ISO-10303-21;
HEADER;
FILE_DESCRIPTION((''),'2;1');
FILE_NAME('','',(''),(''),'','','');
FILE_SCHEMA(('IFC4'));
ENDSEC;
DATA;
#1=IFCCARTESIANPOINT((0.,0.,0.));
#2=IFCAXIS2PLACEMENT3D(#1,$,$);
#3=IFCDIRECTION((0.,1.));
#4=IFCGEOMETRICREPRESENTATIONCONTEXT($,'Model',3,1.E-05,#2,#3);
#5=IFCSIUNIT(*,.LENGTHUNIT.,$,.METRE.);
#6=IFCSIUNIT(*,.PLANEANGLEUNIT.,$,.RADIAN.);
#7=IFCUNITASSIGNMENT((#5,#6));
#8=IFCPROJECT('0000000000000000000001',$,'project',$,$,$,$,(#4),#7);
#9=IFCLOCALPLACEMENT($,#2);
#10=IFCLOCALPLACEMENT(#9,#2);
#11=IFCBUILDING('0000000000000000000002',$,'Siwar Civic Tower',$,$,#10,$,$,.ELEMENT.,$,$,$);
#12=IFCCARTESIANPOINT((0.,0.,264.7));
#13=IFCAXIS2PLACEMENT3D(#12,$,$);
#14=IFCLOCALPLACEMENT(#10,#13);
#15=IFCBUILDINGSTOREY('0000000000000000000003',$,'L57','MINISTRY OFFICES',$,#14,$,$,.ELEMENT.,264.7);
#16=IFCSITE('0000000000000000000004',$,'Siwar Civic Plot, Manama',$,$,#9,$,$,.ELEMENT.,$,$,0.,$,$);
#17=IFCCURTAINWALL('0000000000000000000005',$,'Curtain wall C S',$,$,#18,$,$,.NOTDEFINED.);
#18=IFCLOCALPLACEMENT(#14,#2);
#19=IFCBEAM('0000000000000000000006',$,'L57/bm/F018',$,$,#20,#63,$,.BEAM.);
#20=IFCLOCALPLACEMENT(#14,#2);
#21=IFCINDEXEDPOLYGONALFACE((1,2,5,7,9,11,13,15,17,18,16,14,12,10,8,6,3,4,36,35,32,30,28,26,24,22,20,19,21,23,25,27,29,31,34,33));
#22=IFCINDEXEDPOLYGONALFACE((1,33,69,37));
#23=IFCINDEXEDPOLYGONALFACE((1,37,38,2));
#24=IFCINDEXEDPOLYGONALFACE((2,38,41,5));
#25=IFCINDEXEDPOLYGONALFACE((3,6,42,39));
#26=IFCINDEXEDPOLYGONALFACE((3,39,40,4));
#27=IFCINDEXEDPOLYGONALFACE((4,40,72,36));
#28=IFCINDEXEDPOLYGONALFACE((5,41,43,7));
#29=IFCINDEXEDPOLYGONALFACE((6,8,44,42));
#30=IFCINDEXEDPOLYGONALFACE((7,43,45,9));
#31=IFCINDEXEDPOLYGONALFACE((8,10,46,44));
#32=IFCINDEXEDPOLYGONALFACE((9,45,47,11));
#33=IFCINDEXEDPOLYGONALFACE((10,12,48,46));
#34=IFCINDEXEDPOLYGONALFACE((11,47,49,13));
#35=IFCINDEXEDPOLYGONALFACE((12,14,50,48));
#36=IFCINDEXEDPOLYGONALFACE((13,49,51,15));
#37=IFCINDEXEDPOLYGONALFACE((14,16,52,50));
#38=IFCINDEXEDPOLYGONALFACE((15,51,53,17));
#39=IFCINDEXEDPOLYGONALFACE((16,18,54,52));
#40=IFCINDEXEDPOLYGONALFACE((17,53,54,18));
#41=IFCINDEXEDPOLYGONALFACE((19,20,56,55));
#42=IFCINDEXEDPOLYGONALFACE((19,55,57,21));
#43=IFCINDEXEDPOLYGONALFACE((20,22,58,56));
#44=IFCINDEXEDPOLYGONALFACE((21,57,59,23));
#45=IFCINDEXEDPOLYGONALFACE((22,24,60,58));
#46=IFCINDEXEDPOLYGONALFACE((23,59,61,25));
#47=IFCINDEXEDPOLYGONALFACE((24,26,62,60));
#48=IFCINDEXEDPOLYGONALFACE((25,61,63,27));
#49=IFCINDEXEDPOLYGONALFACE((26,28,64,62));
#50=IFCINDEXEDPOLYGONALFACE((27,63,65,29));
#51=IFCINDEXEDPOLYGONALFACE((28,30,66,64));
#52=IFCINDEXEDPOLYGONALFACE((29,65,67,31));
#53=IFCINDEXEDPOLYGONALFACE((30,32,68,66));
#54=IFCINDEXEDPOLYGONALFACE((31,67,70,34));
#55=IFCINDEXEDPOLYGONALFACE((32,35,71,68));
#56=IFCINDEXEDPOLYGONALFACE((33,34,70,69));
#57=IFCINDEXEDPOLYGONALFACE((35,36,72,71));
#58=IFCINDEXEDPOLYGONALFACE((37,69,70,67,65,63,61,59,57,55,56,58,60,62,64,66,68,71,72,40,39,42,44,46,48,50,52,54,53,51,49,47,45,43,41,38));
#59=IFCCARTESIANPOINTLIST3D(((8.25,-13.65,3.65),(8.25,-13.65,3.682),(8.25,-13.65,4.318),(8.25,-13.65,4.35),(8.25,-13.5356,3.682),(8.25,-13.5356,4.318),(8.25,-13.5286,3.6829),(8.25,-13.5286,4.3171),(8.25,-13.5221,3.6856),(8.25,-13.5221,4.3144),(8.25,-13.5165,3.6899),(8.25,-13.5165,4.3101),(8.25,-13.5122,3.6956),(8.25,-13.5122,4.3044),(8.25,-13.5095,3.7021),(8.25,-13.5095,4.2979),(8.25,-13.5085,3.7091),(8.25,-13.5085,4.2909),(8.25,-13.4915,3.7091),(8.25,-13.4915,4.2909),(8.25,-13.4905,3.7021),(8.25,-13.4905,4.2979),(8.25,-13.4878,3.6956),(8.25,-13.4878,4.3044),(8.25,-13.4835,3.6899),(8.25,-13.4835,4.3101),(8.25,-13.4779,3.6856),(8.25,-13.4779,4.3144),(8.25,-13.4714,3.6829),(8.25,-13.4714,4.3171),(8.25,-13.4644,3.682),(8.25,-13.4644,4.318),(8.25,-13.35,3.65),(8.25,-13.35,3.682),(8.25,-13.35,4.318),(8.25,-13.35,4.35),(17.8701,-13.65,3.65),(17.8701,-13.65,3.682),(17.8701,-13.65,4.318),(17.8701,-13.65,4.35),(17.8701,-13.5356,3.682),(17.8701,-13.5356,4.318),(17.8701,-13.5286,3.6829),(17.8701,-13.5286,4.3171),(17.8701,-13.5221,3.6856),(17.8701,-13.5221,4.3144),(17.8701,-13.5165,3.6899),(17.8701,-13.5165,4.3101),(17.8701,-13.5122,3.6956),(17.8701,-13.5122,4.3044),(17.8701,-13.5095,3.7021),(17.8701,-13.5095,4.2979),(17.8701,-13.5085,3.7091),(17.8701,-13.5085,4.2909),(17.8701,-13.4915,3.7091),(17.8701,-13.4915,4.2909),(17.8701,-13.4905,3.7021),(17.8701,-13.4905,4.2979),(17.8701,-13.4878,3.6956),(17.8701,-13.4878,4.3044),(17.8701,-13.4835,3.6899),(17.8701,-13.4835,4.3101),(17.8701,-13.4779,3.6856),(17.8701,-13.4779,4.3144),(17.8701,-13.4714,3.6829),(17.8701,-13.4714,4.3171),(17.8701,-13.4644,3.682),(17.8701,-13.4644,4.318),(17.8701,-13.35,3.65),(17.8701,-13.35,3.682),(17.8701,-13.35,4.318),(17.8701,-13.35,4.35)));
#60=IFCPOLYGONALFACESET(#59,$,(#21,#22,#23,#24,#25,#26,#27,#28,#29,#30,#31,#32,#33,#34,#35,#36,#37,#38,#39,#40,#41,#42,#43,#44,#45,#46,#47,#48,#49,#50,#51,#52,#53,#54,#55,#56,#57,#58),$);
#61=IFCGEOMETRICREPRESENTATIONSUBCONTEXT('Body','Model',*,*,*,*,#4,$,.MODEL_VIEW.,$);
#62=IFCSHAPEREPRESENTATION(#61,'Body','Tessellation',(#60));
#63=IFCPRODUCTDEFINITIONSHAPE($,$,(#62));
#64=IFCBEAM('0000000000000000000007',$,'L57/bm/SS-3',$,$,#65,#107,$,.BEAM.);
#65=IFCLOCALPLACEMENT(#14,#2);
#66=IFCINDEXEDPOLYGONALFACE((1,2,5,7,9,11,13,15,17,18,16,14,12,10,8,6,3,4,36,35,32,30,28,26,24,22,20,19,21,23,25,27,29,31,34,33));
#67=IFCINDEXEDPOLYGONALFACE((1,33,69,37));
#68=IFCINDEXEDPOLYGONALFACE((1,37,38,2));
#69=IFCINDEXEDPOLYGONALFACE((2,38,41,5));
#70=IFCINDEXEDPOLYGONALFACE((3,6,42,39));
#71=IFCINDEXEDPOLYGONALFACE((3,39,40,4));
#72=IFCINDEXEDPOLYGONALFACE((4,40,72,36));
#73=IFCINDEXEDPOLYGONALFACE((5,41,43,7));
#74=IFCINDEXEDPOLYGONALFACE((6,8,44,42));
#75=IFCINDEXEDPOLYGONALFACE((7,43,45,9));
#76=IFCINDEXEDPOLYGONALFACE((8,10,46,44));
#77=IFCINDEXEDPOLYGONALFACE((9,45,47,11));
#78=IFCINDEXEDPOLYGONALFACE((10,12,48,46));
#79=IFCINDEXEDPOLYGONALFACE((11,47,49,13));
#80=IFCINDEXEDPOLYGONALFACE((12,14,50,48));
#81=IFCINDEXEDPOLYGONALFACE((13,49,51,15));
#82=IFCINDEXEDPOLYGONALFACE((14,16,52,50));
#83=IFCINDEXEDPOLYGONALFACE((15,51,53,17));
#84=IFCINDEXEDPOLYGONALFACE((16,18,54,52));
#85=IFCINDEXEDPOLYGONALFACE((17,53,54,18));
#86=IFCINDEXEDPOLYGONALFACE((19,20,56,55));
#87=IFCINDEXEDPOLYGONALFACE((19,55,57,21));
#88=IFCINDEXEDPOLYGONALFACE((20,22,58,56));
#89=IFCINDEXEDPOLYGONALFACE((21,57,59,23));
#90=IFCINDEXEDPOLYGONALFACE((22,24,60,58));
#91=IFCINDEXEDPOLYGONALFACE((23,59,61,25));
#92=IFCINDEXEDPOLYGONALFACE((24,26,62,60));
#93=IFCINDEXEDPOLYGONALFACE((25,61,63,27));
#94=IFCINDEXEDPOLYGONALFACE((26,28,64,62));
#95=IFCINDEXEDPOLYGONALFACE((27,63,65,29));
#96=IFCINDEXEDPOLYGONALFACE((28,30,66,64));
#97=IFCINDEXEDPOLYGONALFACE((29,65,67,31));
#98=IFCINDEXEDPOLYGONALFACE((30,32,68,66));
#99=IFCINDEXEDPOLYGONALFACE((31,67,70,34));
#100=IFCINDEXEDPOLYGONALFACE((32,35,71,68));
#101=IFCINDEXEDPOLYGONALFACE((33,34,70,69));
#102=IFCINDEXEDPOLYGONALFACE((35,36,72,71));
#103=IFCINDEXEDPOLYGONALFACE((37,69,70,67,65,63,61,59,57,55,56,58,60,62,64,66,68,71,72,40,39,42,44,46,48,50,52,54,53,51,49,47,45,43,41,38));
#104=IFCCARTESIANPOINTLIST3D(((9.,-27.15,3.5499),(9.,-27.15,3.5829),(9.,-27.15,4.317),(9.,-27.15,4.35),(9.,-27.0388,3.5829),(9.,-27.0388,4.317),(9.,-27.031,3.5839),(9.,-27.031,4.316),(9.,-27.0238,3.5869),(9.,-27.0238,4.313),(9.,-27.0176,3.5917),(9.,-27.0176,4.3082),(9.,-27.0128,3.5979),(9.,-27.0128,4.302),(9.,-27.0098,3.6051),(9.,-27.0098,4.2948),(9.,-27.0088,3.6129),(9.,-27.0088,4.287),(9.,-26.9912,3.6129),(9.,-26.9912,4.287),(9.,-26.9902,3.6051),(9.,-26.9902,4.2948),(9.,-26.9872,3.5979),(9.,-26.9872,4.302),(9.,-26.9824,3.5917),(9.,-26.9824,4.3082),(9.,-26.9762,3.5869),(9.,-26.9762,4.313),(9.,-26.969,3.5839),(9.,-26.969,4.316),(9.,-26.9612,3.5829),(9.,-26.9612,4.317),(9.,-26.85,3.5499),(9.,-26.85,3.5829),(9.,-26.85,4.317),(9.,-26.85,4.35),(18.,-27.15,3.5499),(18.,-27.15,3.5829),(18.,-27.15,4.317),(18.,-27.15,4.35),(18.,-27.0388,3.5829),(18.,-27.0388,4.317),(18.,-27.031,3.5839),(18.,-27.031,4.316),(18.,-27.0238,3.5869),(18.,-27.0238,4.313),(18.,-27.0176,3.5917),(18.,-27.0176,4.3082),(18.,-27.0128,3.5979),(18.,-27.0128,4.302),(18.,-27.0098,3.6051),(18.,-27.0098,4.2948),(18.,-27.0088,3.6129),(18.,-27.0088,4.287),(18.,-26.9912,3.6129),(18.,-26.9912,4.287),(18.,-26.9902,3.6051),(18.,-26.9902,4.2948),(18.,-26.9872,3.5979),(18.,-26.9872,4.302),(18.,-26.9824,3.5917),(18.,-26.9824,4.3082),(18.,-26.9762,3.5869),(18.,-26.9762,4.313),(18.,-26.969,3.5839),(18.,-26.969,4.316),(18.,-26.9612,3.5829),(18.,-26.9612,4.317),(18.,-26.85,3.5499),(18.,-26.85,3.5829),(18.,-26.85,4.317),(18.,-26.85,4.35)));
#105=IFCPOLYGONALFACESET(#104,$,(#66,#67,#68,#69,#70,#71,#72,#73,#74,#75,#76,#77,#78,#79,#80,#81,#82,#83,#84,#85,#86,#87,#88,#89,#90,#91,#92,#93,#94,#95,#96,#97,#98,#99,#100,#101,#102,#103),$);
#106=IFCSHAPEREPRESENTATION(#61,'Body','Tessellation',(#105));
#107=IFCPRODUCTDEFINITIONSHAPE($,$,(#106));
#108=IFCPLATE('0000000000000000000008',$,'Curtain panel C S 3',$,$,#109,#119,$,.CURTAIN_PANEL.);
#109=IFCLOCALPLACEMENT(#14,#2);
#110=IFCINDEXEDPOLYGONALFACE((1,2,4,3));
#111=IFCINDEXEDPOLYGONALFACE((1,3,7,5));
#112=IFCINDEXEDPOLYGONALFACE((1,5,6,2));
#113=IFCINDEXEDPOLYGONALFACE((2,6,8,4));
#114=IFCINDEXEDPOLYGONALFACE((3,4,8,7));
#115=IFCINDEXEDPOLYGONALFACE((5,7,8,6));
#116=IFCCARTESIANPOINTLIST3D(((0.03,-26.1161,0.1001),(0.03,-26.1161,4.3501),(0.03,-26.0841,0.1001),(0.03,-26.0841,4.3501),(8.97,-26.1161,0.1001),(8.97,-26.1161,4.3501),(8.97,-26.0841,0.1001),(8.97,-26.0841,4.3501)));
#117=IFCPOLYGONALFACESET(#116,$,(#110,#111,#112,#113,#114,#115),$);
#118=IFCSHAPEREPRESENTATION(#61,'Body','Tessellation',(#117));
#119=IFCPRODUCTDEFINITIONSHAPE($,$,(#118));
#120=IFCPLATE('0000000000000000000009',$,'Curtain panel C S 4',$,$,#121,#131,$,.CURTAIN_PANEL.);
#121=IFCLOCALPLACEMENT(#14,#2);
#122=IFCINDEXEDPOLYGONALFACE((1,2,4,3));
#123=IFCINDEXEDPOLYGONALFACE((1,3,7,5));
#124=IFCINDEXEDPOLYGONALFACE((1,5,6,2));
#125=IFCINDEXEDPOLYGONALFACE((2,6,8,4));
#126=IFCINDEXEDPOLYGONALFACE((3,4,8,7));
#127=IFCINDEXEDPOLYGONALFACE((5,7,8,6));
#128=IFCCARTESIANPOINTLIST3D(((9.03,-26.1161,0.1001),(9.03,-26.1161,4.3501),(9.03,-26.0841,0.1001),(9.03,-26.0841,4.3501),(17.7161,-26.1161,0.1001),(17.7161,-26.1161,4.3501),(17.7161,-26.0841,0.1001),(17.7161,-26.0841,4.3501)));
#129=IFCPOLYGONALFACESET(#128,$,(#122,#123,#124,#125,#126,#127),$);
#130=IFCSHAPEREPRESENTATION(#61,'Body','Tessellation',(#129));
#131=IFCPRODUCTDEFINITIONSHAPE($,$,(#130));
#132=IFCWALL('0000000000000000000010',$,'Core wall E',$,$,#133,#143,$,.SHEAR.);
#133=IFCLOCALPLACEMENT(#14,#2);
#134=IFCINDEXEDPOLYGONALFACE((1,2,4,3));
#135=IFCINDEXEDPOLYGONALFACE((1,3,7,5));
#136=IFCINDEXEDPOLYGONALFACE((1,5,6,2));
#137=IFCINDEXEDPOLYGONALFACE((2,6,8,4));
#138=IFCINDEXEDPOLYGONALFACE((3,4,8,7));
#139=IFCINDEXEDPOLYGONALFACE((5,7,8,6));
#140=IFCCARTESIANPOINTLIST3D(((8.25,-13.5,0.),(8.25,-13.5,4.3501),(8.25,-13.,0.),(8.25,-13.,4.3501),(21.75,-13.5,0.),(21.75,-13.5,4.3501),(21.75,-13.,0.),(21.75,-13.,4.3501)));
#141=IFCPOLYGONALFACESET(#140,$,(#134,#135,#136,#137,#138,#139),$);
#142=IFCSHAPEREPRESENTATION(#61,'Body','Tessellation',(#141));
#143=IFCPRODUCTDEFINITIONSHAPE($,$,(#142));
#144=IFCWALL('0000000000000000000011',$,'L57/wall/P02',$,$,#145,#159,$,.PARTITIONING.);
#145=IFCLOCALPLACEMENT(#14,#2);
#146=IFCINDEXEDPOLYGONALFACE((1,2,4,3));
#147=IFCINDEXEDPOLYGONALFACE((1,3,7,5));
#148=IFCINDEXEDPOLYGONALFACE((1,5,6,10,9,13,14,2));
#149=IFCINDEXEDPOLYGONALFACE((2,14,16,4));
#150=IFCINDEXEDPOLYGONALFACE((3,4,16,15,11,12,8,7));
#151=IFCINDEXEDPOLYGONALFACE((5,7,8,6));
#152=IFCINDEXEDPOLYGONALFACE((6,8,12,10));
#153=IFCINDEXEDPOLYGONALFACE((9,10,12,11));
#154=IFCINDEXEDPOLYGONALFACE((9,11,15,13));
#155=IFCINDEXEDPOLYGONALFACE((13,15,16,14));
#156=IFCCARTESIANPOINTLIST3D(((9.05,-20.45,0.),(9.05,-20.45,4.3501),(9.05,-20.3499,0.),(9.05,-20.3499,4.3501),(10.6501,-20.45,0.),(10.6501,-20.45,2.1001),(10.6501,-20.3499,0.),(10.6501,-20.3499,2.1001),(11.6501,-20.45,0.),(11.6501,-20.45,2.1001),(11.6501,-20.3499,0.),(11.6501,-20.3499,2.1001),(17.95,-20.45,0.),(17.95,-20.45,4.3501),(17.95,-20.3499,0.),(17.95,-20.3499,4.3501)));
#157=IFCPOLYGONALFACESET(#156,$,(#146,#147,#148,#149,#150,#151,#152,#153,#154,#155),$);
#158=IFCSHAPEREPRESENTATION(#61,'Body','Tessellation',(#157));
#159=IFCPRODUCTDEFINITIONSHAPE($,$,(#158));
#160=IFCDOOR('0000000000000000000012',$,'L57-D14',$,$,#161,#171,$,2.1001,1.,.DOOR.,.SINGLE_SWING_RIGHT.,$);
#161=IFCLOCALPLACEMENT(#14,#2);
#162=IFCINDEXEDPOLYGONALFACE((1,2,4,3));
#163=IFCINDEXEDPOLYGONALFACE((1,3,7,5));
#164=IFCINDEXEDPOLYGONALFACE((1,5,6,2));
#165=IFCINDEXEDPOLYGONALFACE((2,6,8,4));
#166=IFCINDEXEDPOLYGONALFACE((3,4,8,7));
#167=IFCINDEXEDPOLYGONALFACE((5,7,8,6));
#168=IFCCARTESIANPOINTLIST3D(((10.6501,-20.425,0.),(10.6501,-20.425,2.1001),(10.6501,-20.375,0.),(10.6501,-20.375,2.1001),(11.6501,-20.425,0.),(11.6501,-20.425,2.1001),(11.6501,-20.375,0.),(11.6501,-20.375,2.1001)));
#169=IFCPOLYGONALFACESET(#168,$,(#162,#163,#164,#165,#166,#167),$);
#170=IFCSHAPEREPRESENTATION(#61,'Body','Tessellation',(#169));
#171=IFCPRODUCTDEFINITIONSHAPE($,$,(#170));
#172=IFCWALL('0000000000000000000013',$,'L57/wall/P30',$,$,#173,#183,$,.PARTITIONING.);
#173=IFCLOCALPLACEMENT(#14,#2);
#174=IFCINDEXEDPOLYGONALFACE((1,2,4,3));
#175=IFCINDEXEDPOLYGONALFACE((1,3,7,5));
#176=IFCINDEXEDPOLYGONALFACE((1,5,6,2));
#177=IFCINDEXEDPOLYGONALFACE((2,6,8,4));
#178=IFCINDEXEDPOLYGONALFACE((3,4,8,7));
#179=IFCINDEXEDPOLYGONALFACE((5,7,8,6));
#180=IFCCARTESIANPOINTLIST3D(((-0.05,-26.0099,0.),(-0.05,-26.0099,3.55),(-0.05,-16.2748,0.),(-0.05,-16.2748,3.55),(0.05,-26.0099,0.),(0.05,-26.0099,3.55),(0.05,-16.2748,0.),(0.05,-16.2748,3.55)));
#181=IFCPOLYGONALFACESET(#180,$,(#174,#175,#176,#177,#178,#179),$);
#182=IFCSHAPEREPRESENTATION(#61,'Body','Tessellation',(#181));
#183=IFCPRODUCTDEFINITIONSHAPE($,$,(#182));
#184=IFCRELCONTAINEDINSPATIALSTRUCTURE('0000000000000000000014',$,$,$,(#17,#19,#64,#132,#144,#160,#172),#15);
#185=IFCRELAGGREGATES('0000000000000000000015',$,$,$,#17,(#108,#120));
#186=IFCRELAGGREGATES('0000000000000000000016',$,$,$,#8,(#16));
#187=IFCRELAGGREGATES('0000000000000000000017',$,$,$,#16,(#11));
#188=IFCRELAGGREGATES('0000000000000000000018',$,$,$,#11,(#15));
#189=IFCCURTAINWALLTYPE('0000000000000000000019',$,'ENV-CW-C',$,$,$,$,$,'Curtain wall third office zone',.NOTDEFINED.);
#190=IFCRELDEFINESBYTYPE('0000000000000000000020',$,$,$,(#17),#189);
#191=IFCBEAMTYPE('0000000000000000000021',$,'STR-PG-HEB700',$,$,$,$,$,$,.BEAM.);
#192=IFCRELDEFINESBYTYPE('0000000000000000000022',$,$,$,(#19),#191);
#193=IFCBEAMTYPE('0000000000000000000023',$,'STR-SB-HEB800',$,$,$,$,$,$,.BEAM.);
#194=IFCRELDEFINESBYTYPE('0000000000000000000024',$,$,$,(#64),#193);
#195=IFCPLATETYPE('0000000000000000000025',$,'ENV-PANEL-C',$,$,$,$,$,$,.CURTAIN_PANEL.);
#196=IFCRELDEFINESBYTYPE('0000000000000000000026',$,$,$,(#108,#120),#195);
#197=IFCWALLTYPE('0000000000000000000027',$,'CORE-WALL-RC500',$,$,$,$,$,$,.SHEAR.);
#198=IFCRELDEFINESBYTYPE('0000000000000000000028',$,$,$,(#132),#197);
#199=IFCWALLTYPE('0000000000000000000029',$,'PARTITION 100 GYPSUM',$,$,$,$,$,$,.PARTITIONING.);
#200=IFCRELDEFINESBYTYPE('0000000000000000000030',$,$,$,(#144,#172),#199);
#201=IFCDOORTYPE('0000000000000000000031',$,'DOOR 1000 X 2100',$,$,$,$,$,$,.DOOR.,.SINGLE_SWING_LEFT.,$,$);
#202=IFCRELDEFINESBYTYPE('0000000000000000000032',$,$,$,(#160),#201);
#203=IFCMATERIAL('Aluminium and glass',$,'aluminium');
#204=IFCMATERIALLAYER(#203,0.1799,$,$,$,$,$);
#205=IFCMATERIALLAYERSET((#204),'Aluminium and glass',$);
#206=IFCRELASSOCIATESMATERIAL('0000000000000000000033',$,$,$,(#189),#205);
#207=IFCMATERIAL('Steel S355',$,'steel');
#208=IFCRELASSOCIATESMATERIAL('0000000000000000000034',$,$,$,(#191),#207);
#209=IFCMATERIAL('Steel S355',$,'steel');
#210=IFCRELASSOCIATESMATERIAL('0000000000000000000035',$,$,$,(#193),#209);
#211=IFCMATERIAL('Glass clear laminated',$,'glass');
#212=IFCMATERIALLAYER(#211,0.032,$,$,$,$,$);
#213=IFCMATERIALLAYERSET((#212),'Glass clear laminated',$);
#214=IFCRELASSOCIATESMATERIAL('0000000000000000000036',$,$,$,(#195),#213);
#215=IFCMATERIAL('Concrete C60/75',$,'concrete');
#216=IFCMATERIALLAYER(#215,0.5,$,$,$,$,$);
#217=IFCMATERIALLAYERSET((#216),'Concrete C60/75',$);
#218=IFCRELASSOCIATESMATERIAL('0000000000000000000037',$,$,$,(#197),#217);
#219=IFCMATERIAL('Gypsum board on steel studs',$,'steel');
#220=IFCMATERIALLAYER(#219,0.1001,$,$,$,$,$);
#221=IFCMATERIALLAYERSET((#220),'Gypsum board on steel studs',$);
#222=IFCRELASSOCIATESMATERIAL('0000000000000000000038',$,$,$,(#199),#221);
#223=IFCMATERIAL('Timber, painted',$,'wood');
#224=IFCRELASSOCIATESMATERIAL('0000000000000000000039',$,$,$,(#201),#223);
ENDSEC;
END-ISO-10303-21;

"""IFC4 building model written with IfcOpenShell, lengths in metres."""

from ifc_helpers import new_model, si_unit, direction, frame, frame_2d, origin, origin_2d, place, context, subcontext, project, spatial, rectangle, i_section, extrude, material, layer, layer_set, material_profile, profile_set, type_object, element, fill, aggregate, save


model = new_model("IFC4")

# Units and contexts
model_context = context("Model", 3, precision=1e-05, world=origin(), true_north=direction((0.0, 1.0)))
body_context = subcontext(model_context, "Body", "Model", "MODEL_VIEW")
ifc_project = project(units=[si_unit("LENGTHUNIT", "METRE"), si_unit("PLANEANGLEUNIT", "RADIAN")], contexts=[model_context])

# Site, building, storey
site_placement = place(None, origin())
site = spatial("IfcSite", under=ifc_project, at=site_placement, Name="Siwar Civic Plot, Manama", CompositionType="ELEMENT", RefElevation=0.0)
building_placement = place(site_placement, origin())
building = spatial("IfcBuilding", under=site, at=building_placement, Name="Siwar Civic Tower", CompositionType="ELEMENT")
storey_placement = place(building_placement, frame((0.0, 0.0, 264.7)))
storey = spatial("IfcBuildingStorey", under=building, at=storey_placement, Name="L57", Description="MINISTRY OFFICES", CompositionType="ELEMENT", Elevation=264.7)

# Curtain wall
ifc_material_1 = material(Name="Aluminium and glass", Category="aluminium")
ifc_layer_1 = layer(ifc_material_1, 0.1799)
ifc_layer_set_1 = layer_set([ifc_layer_1], Name="Aluminium and glass")
curtain_wall_type = type_object("IfcCurtainWallType", Name="ENV-CW-C", ElementType="Curtain wall third office zone", PredefinedType="NOTDEFINED", material=ifc_layer_set_1)
curtain_wall_placement = place(storey_placement, origin())
curtain_wall = element("IfcCurtainWall", 1, at=curtain_wall_placement, inside=storey, type_object=curtain_wall_type, Name="Curtain wall C S", PredefinedType="NOTDEFINED")

# Beams
ifc_material_2 = material(Name="Steel S355", Category="steel")
ifc_material_profile_1 = material_profile(ifc_material_2, i_section(OverallWidth=0.3, OverallDepth=0.7, WebThickness=0.0171, FlangeThickness=0.032, FilletRadius=0.0271, at=origin_2d()), Name="HEB700")
ifc_profile_set_1 = profile_set([ifc_material_profile_1], Name="Steel S355")
beam_type_1 = type_object("IfcBeamType", Name="STR-PG-HEB700", PredefinedType="BEAM", material=ifc_profile_set_1)
beam_1_placement = place(storey_placement, frame((8.25, -13.5, 4.0), z_axis=(1.0, 0.0, 0.0), x_axis=(0.0, 1.0, 0.0)))
element("IfcBeam", 2, at=beam_1_placement, inside=storey, type_object=beam_type_1, Name="L57/bm/F018", PredefinedType="BEAM", context=body_context, shape_type="SweptSolid", body=[
    extrude(i_section(OverallWidth=0.3, OverallDepth=0.7, WebThickness=0.0171, FlangeThickness=0.032, FilletRadius=0.0271, at=origin_2d()), origin(), (0.0, 0.0, 1.0), 9.6201),
])
ifc_material_3 = material(Name="Steel S355", Category="steel")
ifc_material_profile_2 = material_profile(ifc_material_3, i_section(OverallWidth=0.3, OverallDepth=0.8, WebThickness=0.0176, FlangeThickness=0.033, FilletRadius=0.03, at=origin_2d()), Name="HEB800")
ifc_profile_set_2 = profile_set([ifc_material_profile_2], Name="Steel S355")
beam_type_2 = type_object("IfcBeamType", Name="STR-SB-HEB800", PredefinedType="BEAM", material=ifc_profile_set_2)
beam_2_placement = place(storey_placement, frame((9.0, -27.0, 3.95), z_axis=(1.0, 0.0, 0.0), x_axis=(0.0, 1.0, 0.0)))
element("IfcBeam", 3, at=beam_2_placement, inside=storey, type_object=beam_type_2, Name="L57/bm/SS-3", PredefinedType="BEAM", context=body_context, shape_type="SweptSolid", body=[
    extrude(i_section(OverallWidth=0.3, OverallDepth=0.8, WebThickness=0.0176, FlangeThickness=0.033, FilletRadius=0.03, at=origin_2d()), origin(), (0.0, 0.0, 1.0), 9.0),
])

# Plates
ifc_material_4 = material(Name="Glass clear laminated", Category="glass")
ifc_layer_2 = layer(ifc_material_4, 0.032)
ifc_layer_set_2 = layer_set([ifc_layer_2], Name="Glass clear laminated")
plate_type = type_object("IfcPlateType", Name="ENV-PANEL-C", PredefinedType="CURTAIN_PANEL", material=ifc_layer_set_2)
plate_1_placement = place(storey_placement, frame((4.5, -26.1001, 0.1001), z_axis=(0.0, 0.0, 1.0), x_axis=(1.0, 0.0, 0.0)))
plate_1 = element("IfcPlate", 4, at=plate_1_placement, type_object=plate_type, Name="Curtain panel C S 3", PredefinedType="CURTAIN_PANEL", context=body_context, shape_type="SweptSolid", body=[
    extrude(rectangle(XDim=8.9399, YDim=0.032, at=origin_2d()), origin(), (0.0, 0.0, 1.0), 4.25),
])
plate_2_placement = place(storey_placement, frame((13.373, -26.1001, 0.1001), z_axis=(0.0, 0.0, 1.0), x_axis=(1.0, 0.0, 0.0)))
plate_2 = element("IfcPlate", 5, at=plate_2_placement, type_object=plate_type, Name="Curtain panel C S 4", PredefinedType="CURTAIN_PANEL", context=body_context, shape_type="SweptSolid", body=[
    extrude(rectangle(XDim=8.686, YDim=0.032, at=origin_2d()), origin(), (0.0, 0.0, 1.0), 4.25),
])
aggregate(curtain_wall, [plate_1, plate_2])

# Wall
ifc_material_5 = material(Name="Concrete C60/75", Category="concrete")
ifc_layer_3 = layer(ifc_material_5, 0.5)
ifc_layer_set_3 = layer_set([ifc_layer_3], Name="Concrete C60/75")
wall_type_1 = type_object("IfcWallType", Name="CORE-WALL-RC500", PredefinedType="SHEAR", material=ifc_layer_set_3)
wall_1_placement = place(storey_placement, frame((8.25, -13.25, 0.0), z_axis=(0.0, 0.0, 1.0), x_axis=(1.0, 0.0, 0.0)))
element("IfcWall", 6, at=wall_1_placement, inside=storey, type_object=wall_type_1, Name="Core wall E", PredefinedType="SHEAR", context=body_context, shape_type="SweptSolid", body=[
    extrude(rectangle(XDim=13.5, YDim=0.5, at=frame_2d((6.75, 0.0))), origin(), (0.0, 0.0, 1.0), 4.3501),
])

# Wall, opening, door
ifc_material_6 = material(Name="Gypsum board on steel studs", Category="steel")
ifc_layer_4 = layer(ifc_material_6, 0.1001)
ifc_layer_set_4 = layer_set([ifc_layer_4], Name="Gypsum board on steel studs")
wall_type_2 = type_object("IfcWallType", Name="PARTITION 100 GYPSUM", PredefinedType="PARTITIONING", material=ifc_layer_set_4)
wall_2_placement = place(storey_placement, frame((9.05, -20.3999, 0.0), z_axis=(0.0, 0.0, 1.0), x_axis=(1.0, 0.0, 0.0)))
wall_2 = element("IfcWall", 7, at=wall_2_placement, inside=storey, type_object=wall_type_2, Name="L57/wall/P02", PredefinedType="PARTITIONING", context=body_context, shape_type="SweptSolid", body=[
    extrude(rectangle(XDim=8.8999, YDim=0.1001, at=frame_2d((4.45, 0.0))), origin(), (0.0, 0.0, 1.0), 4.3501),
])
opening_placement = place(wall_2_placement, frame((1.6001, 0.0, 0.0)))
opening = element("IfcOpeningElement", 8, at=opening_placement, cuts=wall_2, PredefinedType="OPENING", context=body_context, shape_type="SweptSolid", body=[
    extrude(rectangle(XDim=1.0, YDim=2.1001, at=frame_2d((0.5, 1.05))), frame((0.0, 0.0601, 0.0), z_axis=(0.0, -1.0, 0.0), x_axis=(1.0, 0.0, 0.0)), (0.0, 0.0, 1.0), 0.1201),
])
ifc_material_7 = material(Name="Timber, painted", Category="wood")
door_type = type_object("IfcDoorType", Name="DOOR 1000 X 2100", OperationType="SINGLE_SWING_LEFT", PredefinedType="DOOR", material=ifc_material_7)
door_placement = place(opening_placement, origin())
door = element("IfcDoor", 9, at=door_placement, inside=storey, type_object=door_type, Name="L57-D14", OperationType="SINGLE_SWING_RIGHT", OverallHeight=2.1001, OverallWidth=1.0, PredefinedType="DOOR", context=body_context, shape_type="SweptSolid", body=[
    extrude(rectangle(XDim=1.0, YDim=2.1001, at=frame_2d((0.5, 1.05))), frame((0.0, 0.0249, 0.0), z_axis=(0.0, -1.0, 0.0), x_axis=(1.0, 0.0, 0.0)), (0.0, 0.0, 1.0), 0.05),
])
fill(opening, door)

# Wall
wall_3_placement = place(storey_placement, frame((0.0, -26.01, 0.0), z_axis=(0.0, 0.0, 1.0), x_axis=(0.0, 1.0, 0.0)))
element("IfcWall", 10, at=wall_3_placement, inside=storey, type_object=wall_type_2, Name="L57/wall/P30", PredefinedType="PARTITIONING", context=body_context, shape_type="SweptSolid", body=[
    extrude(rectangle(XDim=9.7351, YDim=0.1001, at=frame_2d((4.8677, 0.0))), origin(), (0.0, 0.0, 1.0), 3.55),
])

save(model, "model.ifc")
